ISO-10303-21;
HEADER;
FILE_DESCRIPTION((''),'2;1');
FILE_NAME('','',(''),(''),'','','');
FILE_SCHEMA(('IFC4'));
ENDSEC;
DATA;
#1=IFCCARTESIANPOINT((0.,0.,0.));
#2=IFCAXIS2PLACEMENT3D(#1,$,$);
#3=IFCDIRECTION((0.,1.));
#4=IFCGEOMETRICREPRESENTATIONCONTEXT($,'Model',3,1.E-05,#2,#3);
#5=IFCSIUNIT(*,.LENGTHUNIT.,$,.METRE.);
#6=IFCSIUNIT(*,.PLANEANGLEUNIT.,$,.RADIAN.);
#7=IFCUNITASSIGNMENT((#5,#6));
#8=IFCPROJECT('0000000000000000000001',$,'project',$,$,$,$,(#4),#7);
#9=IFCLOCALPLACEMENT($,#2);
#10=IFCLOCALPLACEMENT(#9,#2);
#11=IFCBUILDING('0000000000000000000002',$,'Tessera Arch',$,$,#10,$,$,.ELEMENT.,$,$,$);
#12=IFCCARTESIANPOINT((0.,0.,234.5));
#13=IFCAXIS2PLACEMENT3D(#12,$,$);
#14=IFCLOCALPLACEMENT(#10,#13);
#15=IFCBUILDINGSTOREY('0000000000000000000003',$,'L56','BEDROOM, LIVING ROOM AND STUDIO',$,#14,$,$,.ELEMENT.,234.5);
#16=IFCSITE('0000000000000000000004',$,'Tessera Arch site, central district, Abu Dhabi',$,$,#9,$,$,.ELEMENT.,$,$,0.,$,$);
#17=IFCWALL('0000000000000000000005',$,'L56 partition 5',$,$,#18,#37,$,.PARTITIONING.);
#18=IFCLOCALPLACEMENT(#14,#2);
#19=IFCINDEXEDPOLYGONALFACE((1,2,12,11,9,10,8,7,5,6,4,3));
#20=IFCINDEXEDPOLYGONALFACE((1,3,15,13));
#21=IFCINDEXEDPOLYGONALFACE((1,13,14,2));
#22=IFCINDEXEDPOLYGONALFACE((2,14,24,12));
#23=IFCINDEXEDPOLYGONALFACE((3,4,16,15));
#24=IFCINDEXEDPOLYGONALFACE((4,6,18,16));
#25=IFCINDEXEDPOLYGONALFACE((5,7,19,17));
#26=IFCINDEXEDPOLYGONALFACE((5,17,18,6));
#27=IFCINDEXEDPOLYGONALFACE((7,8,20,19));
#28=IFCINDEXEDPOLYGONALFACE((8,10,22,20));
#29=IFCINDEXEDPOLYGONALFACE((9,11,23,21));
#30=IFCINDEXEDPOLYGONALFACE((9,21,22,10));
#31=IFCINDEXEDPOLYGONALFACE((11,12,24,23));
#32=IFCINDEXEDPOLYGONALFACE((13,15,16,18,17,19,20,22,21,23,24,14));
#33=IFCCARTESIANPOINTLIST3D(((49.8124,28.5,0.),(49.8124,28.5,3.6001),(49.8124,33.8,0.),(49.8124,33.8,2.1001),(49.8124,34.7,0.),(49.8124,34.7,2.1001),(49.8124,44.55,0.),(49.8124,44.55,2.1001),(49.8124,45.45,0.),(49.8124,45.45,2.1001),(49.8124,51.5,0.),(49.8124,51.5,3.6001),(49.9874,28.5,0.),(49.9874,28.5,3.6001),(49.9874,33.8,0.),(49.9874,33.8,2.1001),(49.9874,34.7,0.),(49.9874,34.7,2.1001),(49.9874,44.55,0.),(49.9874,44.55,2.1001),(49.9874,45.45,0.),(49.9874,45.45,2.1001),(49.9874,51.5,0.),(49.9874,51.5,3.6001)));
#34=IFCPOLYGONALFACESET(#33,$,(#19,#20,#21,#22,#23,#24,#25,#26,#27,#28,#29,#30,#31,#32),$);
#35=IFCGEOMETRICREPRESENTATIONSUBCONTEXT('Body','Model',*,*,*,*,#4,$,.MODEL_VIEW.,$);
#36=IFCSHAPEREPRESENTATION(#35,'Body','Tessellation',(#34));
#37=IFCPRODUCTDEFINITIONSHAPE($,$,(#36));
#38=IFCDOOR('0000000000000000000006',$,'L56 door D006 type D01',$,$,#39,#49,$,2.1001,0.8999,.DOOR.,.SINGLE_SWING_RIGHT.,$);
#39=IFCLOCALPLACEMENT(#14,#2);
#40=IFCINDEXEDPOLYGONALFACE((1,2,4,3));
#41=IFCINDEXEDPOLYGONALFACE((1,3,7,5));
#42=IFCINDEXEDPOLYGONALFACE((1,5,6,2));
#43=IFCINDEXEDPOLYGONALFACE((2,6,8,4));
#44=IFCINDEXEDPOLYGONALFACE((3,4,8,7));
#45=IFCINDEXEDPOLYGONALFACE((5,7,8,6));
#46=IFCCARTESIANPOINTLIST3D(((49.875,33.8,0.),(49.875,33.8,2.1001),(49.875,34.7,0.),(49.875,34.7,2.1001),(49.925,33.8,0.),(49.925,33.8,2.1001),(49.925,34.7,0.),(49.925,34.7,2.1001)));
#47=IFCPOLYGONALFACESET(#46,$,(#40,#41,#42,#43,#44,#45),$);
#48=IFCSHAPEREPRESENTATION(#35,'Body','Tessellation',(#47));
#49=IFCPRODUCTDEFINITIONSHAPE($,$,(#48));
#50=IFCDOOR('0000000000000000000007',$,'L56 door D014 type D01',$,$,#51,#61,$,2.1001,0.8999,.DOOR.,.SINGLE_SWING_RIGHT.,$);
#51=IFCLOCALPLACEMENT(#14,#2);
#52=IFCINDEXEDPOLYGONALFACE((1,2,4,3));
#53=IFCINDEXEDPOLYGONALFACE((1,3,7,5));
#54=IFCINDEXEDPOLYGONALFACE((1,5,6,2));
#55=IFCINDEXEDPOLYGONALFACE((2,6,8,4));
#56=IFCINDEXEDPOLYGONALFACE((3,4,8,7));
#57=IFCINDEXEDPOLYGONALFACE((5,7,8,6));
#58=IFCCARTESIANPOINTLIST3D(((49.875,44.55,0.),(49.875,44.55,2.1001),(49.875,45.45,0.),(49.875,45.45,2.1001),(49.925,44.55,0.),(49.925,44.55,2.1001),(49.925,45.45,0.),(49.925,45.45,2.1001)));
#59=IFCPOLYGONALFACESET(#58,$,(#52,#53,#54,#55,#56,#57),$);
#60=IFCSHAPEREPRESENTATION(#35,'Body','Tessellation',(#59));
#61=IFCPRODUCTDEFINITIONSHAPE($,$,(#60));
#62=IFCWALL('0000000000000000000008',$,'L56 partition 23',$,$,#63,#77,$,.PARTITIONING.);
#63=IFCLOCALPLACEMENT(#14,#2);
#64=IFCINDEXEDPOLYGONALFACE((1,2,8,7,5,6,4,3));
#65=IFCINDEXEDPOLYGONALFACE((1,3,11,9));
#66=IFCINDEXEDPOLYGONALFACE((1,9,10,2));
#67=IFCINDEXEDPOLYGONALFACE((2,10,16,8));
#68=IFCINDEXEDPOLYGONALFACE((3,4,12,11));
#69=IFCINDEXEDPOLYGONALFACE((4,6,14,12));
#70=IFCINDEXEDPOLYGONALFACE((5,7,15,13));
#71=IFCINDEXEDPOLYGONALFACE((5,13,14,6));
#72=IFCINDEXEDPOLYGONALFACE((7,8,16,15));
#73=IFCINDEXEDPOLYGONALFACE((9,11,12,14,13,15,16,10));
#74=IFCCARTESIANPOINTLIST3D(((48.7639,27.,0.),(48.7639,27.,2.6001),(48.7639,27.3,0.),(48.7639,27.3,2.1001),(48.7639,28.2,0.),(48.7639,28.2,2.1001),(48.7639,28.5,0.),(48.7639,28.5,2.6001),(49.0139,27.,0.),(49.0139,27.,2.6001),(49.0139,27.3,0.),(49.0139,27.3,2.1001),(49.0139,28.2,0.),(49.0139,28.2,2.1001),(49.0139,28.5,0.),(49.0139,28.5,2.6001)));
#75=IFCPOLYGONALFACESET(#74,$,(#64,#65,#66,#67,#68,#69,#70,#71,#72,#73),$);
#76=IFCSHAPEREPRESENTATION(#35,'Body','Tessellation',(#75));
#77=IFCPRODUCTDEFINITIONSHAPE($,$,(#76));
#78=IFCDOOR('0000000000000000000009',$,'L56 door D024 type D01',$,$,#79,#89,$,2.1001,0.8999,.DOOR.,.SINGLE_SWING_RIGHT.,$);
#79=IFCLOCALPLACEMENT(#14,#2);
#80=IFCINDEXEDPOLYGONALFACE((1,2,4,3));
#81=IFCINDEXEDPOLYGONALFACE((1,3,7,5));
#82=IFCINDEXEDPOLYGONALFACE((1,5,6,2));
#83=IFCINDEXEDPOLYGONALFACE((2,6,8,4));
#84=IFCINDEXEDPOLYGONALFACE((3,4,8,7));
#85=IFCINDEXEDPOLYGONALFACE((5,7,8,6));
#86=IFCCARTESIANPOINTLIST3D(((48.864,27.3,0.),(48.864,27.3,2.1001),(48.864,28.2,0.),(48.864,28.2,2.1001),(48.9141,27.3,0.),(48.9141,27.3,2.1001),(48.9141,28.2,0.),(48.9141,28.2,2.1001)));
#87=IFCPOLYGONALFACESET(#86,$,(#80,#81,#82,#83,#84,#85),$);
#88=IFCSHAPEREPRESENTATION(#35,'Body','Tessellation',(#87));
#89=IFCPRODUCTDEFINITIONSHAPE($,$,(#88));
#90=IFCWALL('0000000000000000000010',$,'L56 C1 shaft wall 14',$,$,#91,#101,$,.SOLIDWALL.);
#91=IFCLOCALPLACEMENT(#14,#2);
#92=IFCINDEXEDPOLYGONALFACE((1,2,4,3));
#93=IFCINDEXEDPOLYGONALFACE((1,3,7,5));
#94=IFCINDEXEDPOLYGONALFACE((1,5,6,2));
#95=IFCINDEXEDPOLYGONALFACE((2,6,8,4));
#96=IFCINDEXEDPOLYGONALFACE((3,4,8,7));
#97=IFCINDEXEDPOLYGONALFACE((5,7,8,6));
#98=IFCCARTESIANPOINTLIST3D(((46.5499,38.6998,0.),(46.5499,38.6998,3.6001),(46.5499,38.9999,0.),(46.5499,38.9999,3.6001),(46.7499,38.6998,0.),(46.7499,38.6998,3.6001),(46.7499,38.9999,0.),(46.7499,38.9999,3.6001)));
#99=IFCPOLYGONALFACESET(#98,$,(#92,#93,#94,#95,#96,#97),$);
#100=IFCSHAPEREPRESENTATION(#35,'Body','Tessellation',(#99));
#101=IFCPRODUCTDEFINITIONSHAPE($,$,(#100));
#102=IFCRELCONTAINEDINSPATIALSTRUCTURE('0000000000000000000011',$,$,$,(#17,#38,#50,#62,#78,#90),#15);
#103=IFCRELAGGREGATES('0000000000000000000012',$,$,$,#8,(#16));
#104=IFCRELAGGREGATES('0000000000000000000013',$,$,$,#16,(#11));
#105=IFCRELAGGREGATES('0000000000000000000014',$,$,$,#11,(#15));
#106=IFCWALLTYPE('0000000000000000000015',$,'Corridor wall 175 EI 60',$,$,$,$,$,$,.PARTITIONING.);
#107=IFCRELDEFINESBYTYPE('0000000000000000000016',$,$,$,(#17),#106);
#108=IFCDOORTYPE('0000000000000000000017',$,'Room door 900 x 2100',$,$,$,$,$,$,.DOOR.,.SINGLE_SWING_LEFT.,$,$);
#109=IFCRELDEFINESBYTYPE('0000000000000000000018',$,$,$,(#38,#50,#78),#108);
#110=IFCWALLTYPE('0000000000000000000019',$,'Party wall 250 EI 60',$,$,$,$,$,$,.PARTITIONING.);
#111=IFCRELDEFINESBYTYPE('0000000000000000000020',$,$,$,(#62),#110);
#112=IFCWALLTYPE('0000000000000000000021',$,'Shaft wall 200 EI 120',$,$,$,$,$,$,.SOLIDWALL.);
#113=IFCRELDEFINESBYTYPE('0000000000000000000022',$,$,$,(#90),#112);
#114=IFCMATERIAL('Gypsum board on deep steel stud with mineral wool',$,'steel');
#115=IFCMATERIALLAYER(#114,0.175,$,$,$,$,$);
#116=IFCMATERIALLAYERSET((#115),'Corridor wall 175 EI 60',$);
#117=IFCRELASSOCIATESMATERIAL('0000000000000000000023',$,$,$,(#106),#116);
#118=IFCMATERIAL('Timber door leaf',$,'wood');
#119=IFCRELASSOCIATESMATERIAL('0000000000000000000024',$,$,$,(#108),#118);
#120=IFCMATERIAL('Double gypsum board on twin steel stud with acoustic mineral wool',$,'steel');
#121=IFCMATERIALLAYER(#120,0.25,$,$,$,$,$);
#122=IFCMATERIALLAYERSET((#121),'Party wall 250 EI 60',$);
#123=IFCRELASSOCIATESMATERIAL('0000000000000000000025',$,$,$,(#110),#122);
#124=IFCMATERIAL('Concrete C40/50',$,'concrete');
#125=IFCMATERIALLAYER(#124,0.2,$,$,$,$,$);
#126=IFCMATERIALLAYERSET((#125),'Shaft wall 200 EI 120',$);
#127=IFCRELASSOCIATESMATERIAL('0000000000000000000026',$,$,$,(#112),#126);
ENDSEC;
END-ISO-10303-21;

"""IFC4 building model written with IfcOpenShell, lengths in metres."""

from ifc_helpers import new_model, si_unit, direction, frame, frame_2d, origin, place, context, subcontext, project, spatial, rectangle, extrude, material, layer, layer_set, type_object, element, fill, save


model = new_model("IFC4")

# Units and contexts
model_context = context("Model", 3, precision=1e-05, world=origin(), true_north=direction((0.0, 1.0)))
body_context = subcontext(model_context, "Body", "Model", "MODEL_VIEW")
ifc_project = project(units=[si_unit("LENGTHUNIT", "METRE"), si_unit("PLANEANGLEUNIT", "RADIAN")], contexts=[model_context])

# Site, building, storey
site_placement = place(None, origin())
site = spatial("IfcSite", under=ifc_project, at=site_placement, Name="Tessera Arch site, central district, Abu Dhabi", CompositionType="ELEMENT", RefElevation=0.0)
building_placement = place(site_placement, origin())
building = spatial("IfcBuilding", under=site, at=building_placement, Name="Tessera Arch", CompositionType="ELEMENT")
storey_placement = place(building_placement, frame((0.0, 0.0, 234.5)))
storey = spatial("IfcBuildingStorey", under=building, at=storey_placement, Name="L56", Description="BEDROOM, LIVING ROOM AND STUDIO", CompositionType="ELEMENT", Elevation=234.5)

# Shared definitions
ifc_material_1 = material(Name="Gypsum board on deep steel stud with mineral wool", Category="steel")
ifc_layer_1 = layer(ifc_material_1, 0.175)
ifc_layer_set_1 = layer_set([ifc_layer_1], Name="Corridor wall 175 EI 60")
wall_type_1 = type_object("IfcWallType", Name="Corridor wall 175 EI 60", PredefinedType="PARTITIONING", material=ifc_layer_set_1)

# Wall, openings, doors
wall_1_placement = place(storey_placement, frame((49.8999, 28.5, 0.0), z_axis=(0.0, 0.0, 1.0), x_axis=(0.0, 1.0, 0.0)))
wall_1 = element("IfcWall", 1, at=wall_1_placement, inside=storey, type_object=wall_type_1, Name="L56 partition 5", PredefinedType="PARTITIONING", context=body_context, shape_type="SweptSolid", body=[
    extrude(rectangle(XDim=23.0, YDim=0.175, at=frame_2d((11.5, 0.0))), origin(), (0.0, 0.0, 1.0), 3.6001),
])
opening_1_placement = place(wall_1_placement, frame((5.3, 0.0, 0.0)))
opening_1 = element("IfcOpeningElement", 2, at=opening_1_placement, cuts=wall_1, PredefinedType="OPENING", context=body_context, shape_type="SweptSolid", body=[
    extrude(rectangle(XDim=0.8999, YDim=2.1001, at=frame_2d((0.45, 1.05))), frame((0.0, 0.0974, 0.0), z_axis=(0.0, -1.0, 0.0), x_axis=(1.0, 0.0, 0.0)), (0.0, 0.0, 1.0), 0.1951),
])
opening_2_placement = place(wall_1_placement, frame((16.05, 0.0, 0.0)))
opening_2 = element("IfcOpeningElement", 3, at=opening_2_placement, cuts=wall_1, PredefinedType="OPENING", context=body_context, shape_type="SweptSolid", body=[
    extrude(rectangle(XDim=0.8999, YDim=2.1001, at=frame_2d((0.45, 1.05))), frame((0.0, 0.0974, 0.0), z_axis=(0.0, -1.0, 0.0), x_axis=(1.0, 0.0, 0.0)), (0.0, 0.0, 1.0), 0.1951),
])
ifc_material_2 = material(Name="Timber door leaf", Category="wood")
door_type_1 = type_object("IfcDoorType", Name="Room door 900 x 2100", OperationType="SINGLE_SWING_LEFT", PredefinedType="DOOR", material=ifc_material_2)
door_1_placement = place(opening_1_placement, origin())
door_1 = element("IfcDoor", 4, at=door_1_placement, inside=storey, type_object=door_type_1, Name="L56 door D006 type D01", OperationType="SINGLE_SWING_RIGHT", OverallHeight=2.1001, OverallWidth=0.8999, PredefinedType="DOOR", context=body_context, shape_type="SweptSolid", body=[
    extrude(rectangle(XDim=0.8999, YDim=2.1001, at=frame_2d((0.45, 1.05))), frame((0.0, 0.0249, 0.0), z_axis=(0.0, -1.0, 0.0), x_axis=(1.0, 0.0, 0.0)), (0.0, 0.0, 1.0), 0.05),
])
fill(opening_1, door_1)
door_2_placement = place(opening_2_placement, origin())
door_2 = element("IfcDoor", 5, at=door_2_placement, inside=storey, type_object=door_type_1, Name="L56 door D014 type D01", OperationType="SINGLE_SWING_RIGHT", OverallHeight=2.1001, OverallWidth=0.8999, PredefinedType="DOOR", context=body_context, shape_type="SweptSolid", body=[
    extrude(rectangle(XDim=0.8999, YDim=2.1001, at=frame_2d((0.45, 1.05))), frame((0.0, 0.0249, 0.0), z_axis=(0.0, -1.0, 0.0), x_axis=(1.0, 0.0, 0.0)), (0.0, 0.0, 1.0), 0.05),
])
fill(opening_2, door_2)

# Wall, opening, door
ifc_material_3 = material(Name="Double gypsum board on twin steel stud with acoustic mineral wool", Category="steel")
ifc_layer_2 = layer(ifc_material_3, 0.25)
ifc_layer_set_2 = layer_set([ifc_layer_2], Name="Party wall 250 EI 60")
wall_type_2 = type_object("IfcWallType", Name="Party wall 250 EI 60", PredefinedType="PARTITIONING", material=ifc_layer_set_2)
wall_2_placement = place(storey_placement, frame((48.8889, 27.0, 0.0), z_axis=(0.0, 0.0, 1.0), x_axis=(0.0, 1.0, 0.0)))
wall_2 = element("IfcWall", 6, at=wall_2_placement, inside=storey, type_object=wall_type_2, Name="L56 partition 23", PredefinedType="PARTITIONING", context=body_context, shape_type="SweptSolid", body=[
    extrude(rectangle(XDim=1.5, YDim=0.25, at=frame_2d((0.75, 0.0))), origin(), (0.0, 0.0, 1.0), 2.6001),
])
opening_3_placement = place(wall_2_placement, frame((0.3, 0.0, 0.0)))
opening_3 = element("IfcOpeningElement", 7, at=opening_3_placement, cuts=wall_2, PredefinedType="OPENING", context=body_context, shape_type="SweptSolid", body=[
    extrude(rectangle(XDim=0.8999, YDim=2.1001, at=frame_2d((0.45, 1.05))), frame((0.0, 0.135, 0.0), z_axis=(0.0, -1.0, 0.0), x_axis=(1.0, 0.0, 0.0)), (0.0, 0.0, 1.0), 0.27),
])
door_3_placement = place(opening_3_placement, origin())
door_3 = element("IfcDoor", 8, at=door_3_placement, inside=storey, type_object=door_type_1, Name="L56 door D024 type D01", OperationType="SINGLE_SWING_RIGHT", OverallHeight=2.1001, OverallWidth=0.8999, PredefinedType="DOOR", context=body_context, shape_type="SweptSolid", body=[
    extrude(rectangle(XDim=0.8999, YDim=2.1001, at=frame_2d((0.45, 1.05))), frame((0.0, 0.0249, 0.0), z_axis=(0.0, -1.0, 0.0), x_axis=(1.0, 0.0, 0.0)), (0.0, 0.0, 1.0), 0.05),
])
fill(opening_3, door_3)

# Wall
ifc_material_4 = material(Name="Concrete C40/50", Category="concrete")
ifc_layer_3 = layer(ifc_material_4, 0.2)
ifc_layer_set_3 = layer_set([ifc_layer_3], Name="Shaft wall 200 EI 120")
wall_type_3 = type_object("IfcWallType", Name="Shaft wall 200 EI 120", PredefinedType="SOLIDWALL", material=ifc_layer_set_3)
wall_3_placement = place(storey_placement, frame((46.6499, 38.7, 0.0), z_axis=(0.0, 0.0, 1.0), x_axis=(0.0, 1.0, 0.0)))
element("IfcWall", 9, at=wall_3_placement, inside=storey, type_object=wall_type_3, Name="L56 C1 shaft wall 14", PredefinedType="SOLIDWALL", context=body_context, shape_type="SweptSolid", body=[
    extrude(rectangle(XDim=0.3, YDim=0.2, at=frame_2d((0.1499, 0.0))), origin(), (0.0, 0.0, 1.0), 3.6001),
])

save(model, "model.ifc")
